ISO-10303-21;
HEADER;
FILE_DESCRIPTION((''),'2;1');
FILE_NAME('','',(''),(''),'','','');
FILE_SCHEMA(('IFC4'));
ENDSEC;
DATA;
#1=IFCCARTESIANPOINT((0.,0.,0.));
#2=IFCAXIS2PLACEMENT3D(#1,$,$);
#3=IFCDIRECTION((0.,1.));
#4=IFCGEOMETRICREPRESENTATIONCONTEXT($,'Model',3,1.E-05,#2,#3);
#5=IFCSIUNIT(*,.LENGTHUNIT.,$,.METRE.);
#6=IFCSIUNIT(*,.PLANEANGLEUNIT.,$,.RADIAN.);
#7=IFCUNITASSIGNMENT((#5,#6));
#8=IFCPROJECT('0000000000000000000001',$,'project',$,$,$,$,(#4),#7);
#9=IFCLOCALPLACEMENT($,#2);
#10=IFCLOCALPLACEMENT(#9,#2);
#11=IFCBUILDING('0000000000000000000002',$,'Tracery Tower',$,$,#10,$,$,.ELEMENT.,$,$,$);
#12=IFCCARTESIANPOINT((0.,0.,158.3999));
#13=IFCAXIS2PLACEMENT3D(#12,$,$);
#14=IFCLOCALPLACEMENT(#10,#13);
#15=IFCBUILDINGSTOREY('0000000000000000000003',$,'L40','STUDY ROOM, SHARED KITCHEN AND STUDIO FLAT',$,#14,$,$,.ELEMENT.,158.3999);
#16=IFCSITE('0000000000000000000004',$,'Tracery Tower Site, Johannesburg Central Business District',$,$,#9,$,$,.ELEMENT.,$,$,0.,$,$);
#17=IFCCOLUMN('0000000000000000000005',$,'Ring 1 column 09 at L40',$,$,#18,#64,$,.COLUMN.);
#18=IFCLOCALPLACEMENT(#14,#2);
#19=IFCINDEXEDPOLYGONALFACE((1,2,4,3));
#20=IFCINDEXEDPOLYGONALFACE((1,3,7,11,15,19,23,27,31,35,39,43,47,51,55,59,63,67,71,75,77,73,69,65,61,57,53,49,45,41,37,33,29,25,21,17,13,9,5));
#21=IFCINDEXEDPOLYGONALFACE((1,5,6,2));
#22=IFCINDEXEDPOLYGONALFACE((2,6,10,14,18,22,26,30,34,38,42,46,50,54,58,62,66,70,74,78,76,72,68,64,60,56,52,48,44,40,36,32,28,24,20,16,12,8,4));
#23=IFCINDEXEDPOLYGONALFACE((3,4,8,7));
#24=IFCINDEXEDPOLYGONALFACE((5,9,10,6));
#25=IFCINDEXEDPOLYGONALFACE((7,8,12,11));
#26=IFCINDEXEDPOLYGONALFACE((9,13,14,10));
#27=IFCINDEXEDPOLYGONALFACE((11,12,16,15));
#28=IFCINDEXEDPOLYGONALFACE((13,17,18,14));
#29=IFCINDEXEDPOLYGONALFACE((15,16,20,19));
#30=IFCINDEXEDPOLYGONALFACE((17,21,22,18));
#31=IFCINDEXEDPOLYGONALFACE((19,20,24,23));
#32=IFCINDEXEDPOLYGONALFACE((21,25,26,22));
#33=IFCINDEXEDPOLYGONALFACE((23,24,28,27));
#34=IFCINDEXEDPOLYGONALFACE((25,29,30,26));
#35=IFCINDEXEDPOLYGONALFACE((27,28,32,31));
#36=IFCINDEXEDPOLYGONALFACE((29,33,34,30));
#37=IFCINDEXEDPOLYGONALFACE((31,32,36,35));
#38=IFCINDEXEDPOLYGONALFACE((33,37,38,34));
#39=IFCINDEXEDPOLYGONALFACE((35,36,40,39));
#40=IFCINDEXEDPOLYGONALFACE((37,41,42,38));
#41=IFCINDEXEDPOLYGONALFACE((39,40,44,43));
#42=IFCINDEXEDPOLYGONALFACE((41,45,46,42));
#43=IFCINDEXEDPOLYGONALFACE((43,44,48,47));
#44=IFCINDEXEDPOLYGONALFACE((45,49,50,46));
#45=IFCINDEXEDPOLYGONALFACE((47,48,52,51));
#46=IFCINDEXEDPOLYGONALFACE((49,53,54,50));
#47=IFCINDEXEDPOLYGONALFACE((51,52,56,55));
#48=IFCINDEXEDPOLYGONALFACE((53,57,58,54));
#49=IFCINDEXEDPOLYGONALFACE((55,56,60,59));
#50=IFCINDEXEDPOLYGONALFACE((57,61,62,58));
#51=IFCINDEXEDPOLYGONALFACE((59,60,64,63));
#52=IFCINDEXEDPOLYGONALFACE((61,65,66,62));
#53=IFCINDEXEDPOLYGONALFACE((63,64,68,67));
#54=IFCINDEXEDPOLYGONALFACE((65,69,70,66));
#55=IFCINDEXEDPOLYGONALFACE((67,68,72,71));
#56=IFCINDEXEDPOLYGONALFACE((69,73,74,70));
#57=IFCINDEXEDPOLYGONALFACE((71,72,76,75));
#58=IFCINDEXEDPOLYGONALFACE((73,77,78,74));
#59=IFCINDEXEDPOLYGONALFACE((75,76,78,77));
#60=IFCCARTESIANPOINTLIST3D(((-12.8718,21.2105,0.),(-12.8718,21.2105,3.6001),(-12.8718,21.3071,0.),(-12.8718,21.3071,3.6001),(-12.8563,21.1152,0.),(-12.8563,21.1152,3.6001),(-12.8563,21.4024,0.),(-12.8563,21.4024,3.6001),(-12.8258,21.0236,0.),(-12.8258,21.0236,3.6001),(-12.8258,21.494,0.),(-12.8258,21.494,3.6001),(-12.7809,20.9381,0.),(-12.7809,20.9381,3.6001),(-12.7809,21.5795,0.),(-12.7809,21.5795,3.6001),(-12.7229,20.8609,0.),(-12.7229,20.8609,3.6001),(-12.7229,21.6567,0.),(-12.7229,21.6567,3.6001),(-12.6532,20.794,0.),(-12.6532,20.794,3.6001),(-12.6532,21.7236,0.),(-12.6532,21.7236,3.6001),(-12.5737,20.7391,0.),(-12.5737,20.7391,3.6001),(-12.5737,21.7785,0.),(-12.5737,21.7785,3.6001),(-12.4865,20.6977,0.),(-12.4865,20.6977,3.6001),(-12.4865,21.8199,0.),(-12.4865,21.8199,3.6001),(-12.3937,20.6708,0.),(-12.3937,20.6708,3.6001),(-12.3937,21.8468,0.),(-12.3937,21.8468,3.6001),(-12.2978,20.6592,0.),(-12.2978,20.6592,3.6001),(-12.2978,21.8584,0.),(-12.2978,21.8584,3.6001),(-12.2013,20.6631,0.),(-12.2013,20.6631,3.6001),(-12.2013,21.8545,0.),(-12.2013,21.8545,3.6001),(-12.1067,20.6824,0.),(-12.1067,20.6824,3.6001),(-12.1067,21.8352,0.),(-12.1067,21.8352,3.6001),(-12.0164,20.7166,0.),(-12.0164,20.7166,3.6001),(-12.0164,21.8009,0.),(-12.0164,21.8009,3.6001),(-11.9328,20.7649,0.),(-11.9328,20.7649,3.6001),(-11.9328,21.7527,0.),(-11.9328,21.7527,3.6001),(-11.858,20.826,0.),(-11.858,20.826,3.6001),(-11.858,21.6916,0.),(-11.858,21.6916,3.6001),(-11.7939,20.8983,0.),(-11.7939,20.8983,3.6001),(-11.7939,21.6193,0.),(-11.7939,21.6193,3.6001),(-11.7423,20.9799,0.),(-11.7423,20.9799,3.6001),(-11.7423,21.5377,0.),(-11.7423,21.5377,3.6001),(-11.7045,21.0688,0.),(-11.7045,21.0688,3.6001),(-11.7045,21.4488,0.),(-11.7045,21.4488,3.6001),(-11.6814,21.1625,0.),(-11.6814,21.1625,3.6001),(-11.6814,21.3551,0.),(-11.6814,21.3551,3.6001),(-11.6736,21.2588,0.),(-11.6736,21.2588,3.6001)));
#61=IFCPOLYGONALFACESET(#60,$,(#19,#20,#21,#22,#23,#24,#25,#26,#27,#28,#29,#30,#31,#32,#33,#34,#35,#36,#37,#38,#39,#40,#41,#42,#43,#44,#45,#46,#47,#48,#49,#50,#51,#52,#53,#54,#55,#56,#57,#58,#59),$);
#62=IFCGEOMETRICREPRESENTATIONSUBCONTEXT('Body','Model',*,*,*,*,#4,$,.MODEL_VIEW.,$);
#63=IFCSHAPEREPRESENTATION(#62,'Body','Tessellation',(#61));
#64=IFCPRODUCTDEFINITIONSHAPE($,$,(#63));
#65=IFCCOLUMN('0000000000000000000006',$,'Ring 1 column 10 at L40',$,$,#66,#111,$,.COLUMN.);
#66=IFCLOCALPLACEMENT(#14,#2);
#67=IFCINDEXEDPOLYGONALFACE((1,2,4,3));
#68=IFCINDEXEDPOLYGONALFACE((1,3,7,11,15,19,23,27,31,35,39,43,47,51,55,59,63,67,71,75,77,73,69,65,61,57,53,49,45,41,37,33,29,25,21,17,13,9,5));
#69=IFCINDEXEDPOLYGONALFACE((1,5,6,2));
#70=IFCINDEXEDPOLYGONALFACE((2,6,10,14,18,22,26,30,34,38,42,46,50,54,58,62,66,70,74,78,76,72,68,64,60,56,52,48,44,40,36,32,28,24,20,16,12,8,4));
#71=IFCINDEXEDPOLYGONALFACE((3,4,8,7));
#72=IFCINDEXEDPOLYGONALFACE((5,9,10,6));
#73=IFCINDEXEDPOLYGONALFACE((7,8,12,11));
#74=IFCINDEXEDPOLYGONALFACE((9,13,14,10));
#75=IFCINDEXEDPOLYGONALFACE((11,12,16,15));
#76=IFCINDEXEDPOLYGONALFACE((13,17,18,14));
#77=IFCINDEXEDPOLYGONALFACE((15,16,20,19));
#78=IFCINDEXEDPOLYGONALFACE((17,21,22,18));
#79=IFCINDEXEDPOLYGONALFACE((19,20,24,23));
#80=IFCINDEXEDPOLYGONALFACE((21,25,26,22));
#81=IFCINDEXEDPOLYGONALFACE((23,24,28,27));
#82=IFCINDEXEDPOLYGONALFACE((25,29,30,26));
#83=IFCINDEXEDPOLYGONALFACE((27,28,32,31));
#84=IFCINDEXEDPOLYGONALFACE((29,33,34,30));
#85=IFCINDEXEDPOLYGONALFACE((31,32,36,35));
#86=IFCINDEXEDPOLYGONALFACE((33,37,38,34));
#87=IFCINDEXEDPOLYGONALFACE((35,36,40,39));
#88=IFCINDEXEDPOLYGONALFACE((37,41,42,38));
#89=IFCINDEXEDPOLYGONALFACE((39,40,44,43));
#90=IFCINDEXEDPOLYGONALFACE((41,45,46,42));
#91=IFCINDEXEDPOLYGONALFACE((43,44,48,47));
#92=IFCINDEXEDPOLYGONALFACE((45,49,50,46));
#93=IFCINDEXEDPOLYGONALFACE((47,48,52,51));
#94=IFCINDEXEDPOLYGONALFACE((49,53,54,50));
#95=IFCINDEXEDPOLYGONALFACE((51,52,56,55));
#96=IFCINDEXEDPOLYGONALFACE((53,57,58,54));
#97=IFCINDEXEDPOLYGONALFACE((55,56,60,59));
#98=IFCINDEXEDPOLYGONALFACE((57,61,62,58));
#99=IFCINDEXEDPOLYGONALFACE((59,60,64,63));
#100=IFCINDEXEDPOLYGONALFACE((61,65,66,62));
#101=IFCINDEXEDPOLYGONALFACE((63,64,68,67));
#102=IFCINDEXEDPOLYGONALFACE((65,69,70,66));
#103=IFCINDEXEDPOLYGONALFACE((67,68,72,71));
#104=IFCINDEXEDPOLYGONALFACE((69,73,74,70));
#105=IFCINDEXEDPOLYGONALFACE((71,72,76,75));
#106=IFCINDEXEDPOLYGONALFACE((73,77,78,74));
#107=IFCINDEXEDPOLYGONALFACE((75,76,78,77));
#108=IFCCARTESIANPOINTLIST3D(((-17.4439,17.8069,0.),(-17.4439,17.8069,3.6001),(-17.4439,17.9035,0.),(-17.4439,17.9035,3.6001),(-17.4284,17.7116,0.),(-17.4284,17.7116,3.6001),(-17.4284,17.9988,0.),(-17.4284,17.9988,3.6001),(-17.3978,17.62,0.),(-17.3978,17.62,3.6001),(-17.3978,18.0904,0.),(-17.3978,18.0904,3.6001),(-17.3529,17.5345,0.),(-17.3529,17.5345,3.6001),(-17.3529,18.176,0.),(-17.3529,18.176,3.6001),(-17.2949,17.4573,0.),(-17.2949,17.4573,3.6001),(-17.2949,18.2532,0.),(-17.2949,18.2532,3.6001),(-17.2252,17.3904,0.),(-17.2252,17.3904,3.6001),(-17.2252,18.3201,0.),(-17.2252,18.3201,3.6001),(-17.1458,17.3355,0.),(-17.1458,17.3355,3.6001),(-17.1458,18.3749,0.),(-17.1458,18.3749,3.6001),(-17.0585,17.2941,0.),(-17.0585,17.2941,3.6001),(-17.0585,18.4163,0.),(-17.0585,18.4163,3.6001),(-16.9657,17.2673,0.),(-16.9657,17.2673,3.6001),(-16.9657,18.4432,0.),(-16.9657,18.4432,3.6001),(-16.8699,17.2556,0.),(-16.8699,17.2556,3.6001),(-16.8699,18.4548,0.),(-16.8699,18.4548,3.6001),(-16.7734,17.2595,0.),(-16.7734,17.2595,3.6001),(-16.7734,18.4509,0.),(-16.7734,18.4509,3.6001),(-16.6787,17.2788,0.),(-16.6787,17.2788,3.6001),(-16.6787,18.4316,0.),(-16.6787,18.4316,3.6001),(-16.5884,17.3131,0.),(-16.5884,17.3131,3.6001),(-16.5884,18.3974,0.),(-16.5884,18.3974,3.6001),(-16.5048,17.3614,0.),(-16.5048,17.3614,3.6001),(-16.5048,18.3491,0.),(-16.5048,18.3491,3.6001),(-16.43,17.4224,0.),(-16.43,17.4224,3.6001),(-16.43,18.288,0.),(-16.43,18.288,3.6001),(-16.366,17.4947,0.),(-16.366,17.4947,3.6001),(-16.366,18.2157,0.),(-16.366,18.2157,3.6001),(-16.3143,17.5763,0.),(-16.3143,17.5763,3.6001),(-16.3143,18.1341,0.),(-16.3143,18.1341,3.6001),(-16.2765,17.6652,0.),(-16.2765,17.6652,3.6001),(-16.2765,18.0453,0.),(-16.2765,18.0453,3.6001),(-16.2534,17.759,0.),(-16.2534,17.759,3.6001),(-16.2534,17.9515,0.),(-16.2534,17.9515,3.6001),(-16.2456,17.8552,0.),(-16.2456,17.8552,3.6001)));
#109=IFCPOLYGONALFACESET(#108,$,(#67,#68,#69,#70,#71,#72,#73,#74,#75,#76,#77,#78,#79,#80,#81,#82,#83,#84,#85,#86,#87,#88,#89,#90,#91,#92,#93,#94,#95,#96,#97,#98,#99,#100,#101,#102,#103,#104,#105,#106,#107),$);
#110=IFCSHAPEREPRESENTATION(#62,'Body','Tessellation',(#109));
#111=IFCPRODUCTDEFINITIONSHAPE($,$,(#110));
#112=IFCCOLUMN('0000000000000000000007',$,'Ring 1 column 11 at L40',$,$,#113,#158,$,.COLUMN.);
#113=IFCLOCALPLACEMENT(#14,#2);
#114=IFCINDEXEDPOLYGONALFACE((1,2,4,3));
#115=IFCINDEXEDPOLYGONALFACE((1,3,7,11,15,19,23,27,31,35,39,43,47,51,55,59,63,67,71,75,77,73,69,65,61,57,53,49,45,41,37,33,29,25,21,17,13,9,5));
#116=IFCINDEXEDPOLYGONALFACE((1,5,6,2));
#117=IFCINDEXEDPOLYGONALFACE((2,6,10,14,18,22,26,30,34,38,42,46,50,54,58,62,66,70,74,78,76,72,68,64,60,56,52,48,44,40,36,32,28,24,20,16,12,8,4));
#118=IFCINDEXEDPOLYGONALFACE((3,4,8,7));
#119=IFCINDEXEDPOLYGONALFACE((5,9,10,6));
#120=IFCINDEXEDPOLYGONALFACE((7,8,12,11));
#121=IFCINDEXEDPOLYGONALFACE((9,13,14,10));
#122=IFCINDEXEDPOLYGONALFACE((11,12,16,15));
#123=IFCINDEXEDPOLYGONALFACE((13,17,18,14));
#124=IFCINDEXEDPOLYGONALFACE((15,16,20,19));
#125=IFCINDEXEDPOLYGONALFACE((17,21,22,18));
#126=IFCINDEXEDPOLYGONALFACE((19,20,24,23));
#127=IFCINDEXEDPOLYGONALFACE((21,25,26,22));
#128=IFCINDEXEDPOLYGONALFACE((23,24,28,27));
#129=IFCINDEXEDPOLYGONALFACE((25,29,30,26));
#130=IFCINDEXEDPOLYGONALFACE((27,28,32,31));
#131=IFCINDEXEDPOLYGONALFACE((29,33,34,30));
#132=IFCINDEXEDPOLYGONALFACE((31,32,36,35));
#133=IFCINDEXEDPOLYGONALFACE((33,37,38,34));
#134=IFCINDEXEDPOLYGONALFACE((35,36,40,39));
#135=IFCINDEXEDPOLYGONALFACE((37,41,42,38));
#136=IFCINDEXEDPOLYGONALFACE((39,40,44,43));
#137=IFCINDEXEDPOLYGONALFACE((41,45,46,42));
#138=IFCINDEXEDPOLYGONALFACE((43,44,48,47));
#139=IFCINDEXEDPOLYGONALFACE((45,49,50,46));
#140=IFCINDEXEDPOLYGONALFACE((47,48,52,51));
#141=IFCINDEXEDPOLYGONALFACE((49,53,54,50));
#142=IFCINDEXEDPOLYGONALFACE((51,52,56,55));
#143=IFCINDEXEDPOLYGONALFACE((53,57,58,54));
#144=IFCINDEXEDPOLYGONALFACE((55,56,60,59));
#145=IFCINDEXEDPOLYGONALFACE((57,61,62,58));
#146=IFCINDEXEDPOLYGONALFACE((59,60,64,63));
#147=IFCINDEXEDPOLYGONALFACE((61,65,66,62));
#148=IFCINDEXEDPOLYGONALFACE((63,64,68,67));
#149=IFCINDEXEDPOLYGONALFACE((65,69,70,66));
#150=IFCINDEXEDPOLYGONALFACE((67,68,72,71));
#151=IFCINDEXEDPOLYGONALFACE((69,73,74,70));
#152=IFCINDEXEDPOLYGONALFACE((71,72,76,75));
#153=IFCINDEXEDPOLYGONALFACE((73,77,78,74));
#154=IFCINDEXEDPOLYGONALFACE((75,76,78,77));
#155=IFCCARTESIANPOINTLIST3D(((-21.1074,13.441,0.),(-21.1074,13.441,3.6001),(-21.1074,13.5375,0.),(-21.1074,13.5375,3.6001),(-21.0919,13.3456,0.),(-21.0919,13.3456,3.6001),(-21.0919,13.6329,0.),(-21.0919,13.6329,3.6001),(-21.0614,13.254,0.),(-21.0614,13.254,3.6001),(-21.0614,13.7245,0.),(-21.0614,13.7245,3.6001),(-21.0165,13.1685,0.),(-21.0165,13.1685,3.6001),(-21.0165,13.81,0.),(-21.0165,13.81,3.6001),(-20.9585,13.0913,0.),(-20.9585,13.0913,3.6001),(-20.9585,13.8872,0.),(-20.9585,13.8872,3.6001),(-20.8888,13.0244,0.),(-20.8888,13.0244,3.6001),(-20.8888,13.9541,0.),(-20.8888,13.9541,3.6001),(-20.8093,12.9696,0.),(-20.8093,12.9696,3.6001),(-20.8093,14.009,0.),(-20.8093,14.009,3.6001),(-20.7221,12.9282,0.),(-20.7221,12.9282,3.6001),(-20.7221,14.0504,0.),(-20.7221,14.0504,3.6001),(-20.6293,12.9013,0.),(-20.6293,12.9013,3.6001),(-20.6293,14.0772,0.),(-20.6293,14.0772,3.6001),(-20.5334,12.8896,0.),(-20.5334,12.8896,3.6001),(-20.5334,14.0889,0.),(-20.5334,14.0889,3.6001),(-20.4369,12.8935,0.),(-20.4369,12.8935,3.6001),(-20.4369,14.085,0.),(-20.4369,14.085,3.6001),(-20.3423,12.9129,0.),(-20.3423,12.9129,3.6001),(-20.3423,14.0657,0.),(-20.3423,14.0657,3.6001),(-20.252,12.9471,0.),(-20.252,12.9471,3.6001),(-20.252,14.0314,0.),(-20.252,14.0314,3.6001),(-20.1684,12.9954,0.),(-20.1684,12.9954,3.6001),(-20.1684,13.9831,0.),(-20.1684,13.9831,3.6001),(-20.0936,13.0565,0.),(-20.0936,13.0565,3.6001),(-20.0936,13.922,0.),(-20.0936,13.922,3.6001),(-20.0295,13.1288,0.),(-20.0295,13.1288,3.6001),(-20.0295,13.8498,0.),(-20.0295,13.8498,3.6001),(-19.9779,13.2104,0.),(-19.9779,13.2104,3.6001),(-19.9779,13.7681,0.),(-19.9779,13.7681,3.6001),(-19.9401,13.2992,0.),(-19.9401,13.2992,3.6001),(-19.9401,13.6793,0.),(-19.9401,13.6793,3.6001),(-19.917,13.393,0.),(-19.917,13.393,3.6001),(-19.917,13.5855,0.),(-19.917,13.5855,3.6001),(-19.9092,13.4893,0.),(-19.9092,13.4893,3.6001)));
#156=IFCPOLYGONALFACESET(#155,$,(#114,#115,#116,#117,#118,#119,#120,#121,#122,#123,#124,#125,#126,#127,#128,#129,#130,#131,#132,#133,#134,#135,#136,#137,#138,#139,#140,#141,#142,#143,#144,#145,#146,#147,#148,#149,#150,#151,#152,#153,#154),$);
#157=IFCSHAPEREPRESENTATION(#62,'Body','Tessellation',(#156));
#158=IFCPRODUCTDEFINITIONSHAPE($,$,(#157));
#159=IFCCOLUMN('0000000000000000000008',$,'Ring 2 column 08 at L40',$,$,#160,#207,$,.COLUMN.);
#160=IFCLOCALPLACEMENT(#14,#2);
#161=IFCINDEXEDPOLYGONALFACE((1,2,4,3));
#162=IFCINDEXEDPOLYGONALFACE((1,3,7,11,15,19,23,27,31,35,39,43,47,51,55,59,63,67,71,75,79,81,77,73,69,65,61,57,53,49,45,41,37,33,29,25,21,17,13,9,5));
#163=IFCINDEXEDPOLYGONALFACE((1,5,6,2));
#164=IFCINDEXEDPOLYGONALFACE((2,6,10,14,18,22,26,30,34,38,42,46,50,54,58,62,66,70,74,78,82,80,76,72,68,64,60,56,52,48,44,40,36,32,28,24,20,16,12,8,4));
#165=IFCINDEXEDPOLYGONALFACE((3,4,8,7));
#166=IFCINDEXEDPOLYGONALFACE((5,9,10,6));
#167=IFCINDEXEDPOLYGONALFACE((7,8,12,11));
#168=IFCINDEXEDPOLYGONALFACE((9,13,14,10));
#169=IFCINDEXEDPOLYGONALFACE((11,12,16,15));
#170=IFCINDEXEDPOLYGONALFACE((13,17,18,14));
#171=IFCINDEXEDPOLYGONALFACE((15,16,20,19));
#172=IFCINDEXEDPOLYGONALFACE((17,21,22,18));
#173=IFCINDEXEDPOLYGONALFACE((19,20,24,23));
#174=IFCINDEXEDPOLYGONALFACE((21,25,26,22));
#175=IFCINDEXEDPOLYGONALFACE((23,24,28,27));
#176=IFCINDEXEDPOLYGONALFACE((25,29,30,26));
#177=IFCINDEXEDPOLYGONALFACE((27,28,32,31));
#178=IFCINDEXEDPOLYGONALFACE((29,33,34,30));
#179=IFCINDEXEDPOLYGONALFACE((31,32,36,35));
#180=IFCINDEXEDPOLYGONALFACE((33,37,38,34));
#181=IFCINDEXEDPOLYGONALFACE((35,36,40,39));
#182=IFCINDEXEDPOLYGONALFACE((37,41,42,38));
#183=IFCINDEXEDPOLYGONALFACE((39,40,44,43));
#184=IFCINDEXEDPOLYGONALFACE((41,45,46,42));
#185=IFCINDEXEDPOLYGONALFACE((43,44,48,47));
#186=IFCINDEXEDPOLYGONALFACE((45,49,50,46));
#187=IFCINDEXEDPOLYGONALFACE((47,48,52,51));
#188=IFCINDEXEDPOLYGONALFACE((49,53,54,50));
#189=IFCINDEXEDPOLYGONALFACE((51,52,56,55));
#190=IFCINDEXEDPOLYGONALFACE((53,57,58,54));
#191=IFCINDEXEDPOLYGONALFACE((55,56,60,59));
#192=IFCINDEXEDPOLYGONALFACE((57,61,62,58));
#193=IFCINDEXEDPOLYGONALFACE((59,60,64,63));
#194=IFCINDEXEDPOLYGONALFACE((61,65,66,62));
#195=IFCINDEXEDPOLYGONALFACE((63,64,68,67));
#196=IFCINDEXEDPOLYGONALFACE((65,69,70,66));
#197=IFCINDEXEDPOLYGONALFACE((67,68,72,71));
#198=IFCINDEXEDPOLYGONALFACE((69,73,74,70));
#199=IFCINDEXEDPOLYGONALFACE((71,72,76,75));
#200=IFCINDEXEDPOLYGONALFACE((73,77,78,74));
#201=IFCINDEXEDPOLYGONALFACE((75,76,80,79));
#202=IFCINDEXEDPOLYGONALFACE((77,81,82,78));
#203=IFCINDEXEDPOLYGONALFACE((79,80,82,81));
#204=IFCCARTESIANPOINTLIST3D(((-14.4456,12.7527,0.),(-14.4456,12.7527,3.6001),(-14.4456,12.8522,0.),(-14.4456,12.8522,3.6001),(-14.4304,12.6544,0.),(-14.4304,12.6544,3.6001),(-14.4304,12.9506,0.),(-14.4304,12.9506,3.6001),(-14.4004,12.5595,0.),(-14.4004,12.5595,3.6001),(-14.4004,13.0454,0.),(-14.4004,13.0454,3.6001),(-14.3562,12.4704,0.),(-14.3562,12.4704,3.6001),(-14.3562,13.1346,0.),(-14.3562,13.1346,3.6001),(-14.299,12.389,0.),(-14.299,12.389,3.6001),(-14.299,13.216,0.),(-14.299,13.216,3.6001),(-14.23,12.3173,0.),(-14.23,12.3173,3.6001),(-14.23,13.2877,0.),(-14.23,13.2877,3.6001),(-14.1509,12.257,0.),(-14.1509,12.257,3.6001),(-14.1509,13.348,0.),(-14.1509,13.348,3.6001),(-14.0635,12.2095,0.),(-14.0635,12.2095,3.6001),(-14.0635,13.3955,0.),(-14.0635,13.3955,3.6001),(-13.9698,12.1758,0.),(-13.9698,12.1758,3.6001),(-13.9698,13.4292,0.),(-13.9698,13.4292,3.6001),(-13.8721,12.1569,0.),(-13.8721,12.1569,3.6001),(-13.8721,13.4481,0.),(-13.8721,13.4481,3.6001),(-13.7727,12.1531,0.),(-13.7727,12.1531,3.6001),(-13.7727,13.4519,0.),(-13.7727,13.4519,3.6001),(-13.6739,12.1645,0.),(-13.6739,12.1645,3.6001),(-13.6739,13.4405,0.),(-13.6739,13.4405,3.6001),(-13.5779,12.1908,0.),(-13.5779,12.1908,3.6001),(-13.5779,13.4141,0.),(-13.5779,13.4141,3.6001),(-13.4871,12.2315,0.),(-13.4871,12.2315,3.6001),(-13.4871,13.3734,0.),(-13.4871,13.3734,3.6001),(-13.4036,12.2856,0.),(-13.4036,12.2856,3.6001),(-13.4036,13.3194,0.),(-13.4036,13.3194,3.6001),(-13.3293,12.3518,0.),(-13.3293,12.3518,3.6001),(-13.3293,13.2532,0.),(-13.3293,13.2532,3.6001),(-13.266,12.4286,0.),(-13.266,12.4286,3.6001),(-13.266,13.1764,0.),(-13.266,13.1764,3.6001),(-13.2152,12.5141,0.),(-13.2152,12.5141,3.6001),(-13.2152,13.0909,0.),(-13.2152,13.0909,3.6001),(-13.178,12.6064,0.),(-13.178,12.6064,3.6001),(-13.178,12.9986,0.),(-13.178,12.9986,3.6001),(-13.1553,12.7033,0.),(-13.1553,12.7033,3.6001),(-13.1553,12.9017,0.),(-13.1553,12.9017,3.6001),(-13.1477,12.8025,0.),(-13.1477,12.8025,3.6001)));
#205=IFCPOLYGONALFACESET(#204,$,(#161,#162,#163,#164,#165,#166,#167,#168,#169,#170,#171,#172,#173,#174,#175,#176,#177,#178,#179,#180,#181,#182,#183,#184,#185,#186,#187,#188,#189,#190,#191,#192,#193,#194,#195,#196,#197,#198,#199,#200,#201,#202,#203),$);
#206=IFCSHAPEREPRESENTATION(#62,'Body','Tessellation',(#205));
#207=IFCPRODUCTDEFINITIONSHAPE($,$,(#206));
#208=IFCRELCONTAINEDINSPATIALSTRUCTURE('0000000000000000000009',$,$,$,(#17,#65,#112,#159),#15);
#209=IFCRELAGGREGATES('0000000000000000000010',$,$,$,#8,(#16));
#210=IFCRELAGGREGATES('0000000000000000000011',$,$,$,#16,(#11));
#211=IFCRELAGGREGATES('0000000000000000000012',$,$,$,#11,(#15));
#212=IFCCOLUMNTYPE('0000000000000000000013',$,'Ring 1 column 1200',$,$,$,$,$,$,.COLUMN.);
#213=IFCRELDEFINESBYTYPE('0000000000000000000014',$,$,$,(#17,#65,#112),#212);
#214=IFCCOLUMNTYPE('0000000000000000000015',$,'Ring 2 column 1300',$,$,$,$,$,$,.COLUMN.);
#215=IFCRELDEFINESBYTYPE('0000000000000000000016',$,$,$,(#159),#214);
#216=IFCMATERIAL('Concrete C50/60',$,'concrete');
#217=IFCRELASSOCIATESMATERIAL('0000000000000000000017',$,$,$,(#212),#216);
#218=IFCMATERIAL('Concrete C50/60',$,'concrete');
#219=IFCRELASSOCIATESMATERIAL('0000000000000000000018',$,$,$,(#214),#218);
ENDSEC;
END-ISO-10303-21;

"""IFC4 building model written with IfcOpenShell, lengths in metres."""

from ifc_helpers import new_model, si_unit, direction, frame, origin, origin_2d, place, context, subcontext, project, spatial, circle, extrude, material, material_profile, profile_set, type_object, element, save


model = new_model("IFC4")

# Units and contexts
model_context = context("Model", 3, precision=1e-05, world=origin(), true_north=direction((0.0, 1.0)))
body_context = subcontext(model_context, "Body", "Model", "MODEL_VIEW")
ifc_project = project(units=[si_unit("LENGTHUNIT", "METRE"), si_unit("PLANEANGLEUNIT", "RADIAN")], contexts=[model_context])

# Site, building, storey
site_placement = place(None, origin())
site = spatial("IfcSite", under=ifc_project, at=site_placement, Name="Tracery Tower Site, Johannesburg Central Business District", CompositionType="ELEMENT", RefElevation=0.0)
building_placement = place(site_placement, origin())
building = spatial("IfcBuilding", under=site, at=building_placement, Name="Tracery Tower", CompositionType="ELEMENT")
storey_placement = place(building_placement, frame((0.0, 0.0, 158.3999)))
storey = spatial("IfcBuildingStorey", under=building, at=storey_placement, Name="L40", Description="STUDY ROOM, SHARED KITCHEN AND STUDIO FLAT", CompositionType="ELEMENT", Elevation=158.3999)

# Columns
ifc_material_1 = material(Name="Concrete C50/60", Category="concrete")
ifc_material_profile_1 = material_profile(ifc_material_1, circle(Radius=0.6001, at=origin_2d()), Name="RC D1200")
ifc_profile_set_1 = profile_set([ifc_material_profile_1], Name="Concrete C50/60")
column_type_1 = type_object("IfcColumnType", Name="Ring 1 column 1200", PredefinedType="COLUMN", material=ifc_profile_set_1)
for number, where, z_axis, x_axis, name in (
    (1, (-12.2737, 21.2588, 0.0), (0.0, 0.0, 1.0), (1.0, 0.0, 0.0), "Ring 1 column 09 at L40"),
    (2, (-16.8457, 17.8552, 0.0), (0.0, 0.0, 1.0), (1.0, 0.0, 0.0), "Ring 1 column 10 at L40"),
    (3, (-20.5093, 13.4893, 0.0), (0.0, 0.0, 1.0), (1.0, 0.0, 0.0), "Ring 1 column 11 at L40"),
):
    element("IfcColumn", number, at=place(storey_placement, frame(where, z_axis=z_axis, x_axis=x_axis)), inside=storey, type_object=column_type_1, Name=name, PredefinedType="COLUMN", context=body_context, shape_type="SweptSolid", body=[
        extrude(circle(Radius=0.6001, at=origin_2d()), origin(), (0.0, 0.0, 1.0), 3.6001),
    ])
ifc_material_2 = material(Name="Concrete C50/60", Category="concrete")
ifc_material_profile_2 = material_profile(ifc_material_2, circle(Radius=0.6499, at=origin_2d()), Name="RC D1300")
ifc_profile_set_2 = profile_set([ifc_material_profile_2], Name="Concrete C50/60")
column_type_2 = type_object("IfcColumnType", Name="Ring 2 column 1300", PredefinedType="COLUMN", material=ifc_profile_set_2)
column_placement = place(storey_placement, frame((-13.7976, 12.8025, 0.0), z_axis=(0.0, 0.0, 1.0), x_axis=(1.0, 0.0, 0.0)))
element("IfcColumn", 4, at=column_placement, inside=storey, type_object=column_type_2, Name="Ring 2 column 08 at L40", PredefinedType="COLUMN", context=body_context, shape_type="SweptSolid", body=[
    extrude(circle(Radius=0.6499, at=origin_2d()), origin(), (0.0, 0.0, 1.0), 3.6001),
])

save(model, "model.ifc")
